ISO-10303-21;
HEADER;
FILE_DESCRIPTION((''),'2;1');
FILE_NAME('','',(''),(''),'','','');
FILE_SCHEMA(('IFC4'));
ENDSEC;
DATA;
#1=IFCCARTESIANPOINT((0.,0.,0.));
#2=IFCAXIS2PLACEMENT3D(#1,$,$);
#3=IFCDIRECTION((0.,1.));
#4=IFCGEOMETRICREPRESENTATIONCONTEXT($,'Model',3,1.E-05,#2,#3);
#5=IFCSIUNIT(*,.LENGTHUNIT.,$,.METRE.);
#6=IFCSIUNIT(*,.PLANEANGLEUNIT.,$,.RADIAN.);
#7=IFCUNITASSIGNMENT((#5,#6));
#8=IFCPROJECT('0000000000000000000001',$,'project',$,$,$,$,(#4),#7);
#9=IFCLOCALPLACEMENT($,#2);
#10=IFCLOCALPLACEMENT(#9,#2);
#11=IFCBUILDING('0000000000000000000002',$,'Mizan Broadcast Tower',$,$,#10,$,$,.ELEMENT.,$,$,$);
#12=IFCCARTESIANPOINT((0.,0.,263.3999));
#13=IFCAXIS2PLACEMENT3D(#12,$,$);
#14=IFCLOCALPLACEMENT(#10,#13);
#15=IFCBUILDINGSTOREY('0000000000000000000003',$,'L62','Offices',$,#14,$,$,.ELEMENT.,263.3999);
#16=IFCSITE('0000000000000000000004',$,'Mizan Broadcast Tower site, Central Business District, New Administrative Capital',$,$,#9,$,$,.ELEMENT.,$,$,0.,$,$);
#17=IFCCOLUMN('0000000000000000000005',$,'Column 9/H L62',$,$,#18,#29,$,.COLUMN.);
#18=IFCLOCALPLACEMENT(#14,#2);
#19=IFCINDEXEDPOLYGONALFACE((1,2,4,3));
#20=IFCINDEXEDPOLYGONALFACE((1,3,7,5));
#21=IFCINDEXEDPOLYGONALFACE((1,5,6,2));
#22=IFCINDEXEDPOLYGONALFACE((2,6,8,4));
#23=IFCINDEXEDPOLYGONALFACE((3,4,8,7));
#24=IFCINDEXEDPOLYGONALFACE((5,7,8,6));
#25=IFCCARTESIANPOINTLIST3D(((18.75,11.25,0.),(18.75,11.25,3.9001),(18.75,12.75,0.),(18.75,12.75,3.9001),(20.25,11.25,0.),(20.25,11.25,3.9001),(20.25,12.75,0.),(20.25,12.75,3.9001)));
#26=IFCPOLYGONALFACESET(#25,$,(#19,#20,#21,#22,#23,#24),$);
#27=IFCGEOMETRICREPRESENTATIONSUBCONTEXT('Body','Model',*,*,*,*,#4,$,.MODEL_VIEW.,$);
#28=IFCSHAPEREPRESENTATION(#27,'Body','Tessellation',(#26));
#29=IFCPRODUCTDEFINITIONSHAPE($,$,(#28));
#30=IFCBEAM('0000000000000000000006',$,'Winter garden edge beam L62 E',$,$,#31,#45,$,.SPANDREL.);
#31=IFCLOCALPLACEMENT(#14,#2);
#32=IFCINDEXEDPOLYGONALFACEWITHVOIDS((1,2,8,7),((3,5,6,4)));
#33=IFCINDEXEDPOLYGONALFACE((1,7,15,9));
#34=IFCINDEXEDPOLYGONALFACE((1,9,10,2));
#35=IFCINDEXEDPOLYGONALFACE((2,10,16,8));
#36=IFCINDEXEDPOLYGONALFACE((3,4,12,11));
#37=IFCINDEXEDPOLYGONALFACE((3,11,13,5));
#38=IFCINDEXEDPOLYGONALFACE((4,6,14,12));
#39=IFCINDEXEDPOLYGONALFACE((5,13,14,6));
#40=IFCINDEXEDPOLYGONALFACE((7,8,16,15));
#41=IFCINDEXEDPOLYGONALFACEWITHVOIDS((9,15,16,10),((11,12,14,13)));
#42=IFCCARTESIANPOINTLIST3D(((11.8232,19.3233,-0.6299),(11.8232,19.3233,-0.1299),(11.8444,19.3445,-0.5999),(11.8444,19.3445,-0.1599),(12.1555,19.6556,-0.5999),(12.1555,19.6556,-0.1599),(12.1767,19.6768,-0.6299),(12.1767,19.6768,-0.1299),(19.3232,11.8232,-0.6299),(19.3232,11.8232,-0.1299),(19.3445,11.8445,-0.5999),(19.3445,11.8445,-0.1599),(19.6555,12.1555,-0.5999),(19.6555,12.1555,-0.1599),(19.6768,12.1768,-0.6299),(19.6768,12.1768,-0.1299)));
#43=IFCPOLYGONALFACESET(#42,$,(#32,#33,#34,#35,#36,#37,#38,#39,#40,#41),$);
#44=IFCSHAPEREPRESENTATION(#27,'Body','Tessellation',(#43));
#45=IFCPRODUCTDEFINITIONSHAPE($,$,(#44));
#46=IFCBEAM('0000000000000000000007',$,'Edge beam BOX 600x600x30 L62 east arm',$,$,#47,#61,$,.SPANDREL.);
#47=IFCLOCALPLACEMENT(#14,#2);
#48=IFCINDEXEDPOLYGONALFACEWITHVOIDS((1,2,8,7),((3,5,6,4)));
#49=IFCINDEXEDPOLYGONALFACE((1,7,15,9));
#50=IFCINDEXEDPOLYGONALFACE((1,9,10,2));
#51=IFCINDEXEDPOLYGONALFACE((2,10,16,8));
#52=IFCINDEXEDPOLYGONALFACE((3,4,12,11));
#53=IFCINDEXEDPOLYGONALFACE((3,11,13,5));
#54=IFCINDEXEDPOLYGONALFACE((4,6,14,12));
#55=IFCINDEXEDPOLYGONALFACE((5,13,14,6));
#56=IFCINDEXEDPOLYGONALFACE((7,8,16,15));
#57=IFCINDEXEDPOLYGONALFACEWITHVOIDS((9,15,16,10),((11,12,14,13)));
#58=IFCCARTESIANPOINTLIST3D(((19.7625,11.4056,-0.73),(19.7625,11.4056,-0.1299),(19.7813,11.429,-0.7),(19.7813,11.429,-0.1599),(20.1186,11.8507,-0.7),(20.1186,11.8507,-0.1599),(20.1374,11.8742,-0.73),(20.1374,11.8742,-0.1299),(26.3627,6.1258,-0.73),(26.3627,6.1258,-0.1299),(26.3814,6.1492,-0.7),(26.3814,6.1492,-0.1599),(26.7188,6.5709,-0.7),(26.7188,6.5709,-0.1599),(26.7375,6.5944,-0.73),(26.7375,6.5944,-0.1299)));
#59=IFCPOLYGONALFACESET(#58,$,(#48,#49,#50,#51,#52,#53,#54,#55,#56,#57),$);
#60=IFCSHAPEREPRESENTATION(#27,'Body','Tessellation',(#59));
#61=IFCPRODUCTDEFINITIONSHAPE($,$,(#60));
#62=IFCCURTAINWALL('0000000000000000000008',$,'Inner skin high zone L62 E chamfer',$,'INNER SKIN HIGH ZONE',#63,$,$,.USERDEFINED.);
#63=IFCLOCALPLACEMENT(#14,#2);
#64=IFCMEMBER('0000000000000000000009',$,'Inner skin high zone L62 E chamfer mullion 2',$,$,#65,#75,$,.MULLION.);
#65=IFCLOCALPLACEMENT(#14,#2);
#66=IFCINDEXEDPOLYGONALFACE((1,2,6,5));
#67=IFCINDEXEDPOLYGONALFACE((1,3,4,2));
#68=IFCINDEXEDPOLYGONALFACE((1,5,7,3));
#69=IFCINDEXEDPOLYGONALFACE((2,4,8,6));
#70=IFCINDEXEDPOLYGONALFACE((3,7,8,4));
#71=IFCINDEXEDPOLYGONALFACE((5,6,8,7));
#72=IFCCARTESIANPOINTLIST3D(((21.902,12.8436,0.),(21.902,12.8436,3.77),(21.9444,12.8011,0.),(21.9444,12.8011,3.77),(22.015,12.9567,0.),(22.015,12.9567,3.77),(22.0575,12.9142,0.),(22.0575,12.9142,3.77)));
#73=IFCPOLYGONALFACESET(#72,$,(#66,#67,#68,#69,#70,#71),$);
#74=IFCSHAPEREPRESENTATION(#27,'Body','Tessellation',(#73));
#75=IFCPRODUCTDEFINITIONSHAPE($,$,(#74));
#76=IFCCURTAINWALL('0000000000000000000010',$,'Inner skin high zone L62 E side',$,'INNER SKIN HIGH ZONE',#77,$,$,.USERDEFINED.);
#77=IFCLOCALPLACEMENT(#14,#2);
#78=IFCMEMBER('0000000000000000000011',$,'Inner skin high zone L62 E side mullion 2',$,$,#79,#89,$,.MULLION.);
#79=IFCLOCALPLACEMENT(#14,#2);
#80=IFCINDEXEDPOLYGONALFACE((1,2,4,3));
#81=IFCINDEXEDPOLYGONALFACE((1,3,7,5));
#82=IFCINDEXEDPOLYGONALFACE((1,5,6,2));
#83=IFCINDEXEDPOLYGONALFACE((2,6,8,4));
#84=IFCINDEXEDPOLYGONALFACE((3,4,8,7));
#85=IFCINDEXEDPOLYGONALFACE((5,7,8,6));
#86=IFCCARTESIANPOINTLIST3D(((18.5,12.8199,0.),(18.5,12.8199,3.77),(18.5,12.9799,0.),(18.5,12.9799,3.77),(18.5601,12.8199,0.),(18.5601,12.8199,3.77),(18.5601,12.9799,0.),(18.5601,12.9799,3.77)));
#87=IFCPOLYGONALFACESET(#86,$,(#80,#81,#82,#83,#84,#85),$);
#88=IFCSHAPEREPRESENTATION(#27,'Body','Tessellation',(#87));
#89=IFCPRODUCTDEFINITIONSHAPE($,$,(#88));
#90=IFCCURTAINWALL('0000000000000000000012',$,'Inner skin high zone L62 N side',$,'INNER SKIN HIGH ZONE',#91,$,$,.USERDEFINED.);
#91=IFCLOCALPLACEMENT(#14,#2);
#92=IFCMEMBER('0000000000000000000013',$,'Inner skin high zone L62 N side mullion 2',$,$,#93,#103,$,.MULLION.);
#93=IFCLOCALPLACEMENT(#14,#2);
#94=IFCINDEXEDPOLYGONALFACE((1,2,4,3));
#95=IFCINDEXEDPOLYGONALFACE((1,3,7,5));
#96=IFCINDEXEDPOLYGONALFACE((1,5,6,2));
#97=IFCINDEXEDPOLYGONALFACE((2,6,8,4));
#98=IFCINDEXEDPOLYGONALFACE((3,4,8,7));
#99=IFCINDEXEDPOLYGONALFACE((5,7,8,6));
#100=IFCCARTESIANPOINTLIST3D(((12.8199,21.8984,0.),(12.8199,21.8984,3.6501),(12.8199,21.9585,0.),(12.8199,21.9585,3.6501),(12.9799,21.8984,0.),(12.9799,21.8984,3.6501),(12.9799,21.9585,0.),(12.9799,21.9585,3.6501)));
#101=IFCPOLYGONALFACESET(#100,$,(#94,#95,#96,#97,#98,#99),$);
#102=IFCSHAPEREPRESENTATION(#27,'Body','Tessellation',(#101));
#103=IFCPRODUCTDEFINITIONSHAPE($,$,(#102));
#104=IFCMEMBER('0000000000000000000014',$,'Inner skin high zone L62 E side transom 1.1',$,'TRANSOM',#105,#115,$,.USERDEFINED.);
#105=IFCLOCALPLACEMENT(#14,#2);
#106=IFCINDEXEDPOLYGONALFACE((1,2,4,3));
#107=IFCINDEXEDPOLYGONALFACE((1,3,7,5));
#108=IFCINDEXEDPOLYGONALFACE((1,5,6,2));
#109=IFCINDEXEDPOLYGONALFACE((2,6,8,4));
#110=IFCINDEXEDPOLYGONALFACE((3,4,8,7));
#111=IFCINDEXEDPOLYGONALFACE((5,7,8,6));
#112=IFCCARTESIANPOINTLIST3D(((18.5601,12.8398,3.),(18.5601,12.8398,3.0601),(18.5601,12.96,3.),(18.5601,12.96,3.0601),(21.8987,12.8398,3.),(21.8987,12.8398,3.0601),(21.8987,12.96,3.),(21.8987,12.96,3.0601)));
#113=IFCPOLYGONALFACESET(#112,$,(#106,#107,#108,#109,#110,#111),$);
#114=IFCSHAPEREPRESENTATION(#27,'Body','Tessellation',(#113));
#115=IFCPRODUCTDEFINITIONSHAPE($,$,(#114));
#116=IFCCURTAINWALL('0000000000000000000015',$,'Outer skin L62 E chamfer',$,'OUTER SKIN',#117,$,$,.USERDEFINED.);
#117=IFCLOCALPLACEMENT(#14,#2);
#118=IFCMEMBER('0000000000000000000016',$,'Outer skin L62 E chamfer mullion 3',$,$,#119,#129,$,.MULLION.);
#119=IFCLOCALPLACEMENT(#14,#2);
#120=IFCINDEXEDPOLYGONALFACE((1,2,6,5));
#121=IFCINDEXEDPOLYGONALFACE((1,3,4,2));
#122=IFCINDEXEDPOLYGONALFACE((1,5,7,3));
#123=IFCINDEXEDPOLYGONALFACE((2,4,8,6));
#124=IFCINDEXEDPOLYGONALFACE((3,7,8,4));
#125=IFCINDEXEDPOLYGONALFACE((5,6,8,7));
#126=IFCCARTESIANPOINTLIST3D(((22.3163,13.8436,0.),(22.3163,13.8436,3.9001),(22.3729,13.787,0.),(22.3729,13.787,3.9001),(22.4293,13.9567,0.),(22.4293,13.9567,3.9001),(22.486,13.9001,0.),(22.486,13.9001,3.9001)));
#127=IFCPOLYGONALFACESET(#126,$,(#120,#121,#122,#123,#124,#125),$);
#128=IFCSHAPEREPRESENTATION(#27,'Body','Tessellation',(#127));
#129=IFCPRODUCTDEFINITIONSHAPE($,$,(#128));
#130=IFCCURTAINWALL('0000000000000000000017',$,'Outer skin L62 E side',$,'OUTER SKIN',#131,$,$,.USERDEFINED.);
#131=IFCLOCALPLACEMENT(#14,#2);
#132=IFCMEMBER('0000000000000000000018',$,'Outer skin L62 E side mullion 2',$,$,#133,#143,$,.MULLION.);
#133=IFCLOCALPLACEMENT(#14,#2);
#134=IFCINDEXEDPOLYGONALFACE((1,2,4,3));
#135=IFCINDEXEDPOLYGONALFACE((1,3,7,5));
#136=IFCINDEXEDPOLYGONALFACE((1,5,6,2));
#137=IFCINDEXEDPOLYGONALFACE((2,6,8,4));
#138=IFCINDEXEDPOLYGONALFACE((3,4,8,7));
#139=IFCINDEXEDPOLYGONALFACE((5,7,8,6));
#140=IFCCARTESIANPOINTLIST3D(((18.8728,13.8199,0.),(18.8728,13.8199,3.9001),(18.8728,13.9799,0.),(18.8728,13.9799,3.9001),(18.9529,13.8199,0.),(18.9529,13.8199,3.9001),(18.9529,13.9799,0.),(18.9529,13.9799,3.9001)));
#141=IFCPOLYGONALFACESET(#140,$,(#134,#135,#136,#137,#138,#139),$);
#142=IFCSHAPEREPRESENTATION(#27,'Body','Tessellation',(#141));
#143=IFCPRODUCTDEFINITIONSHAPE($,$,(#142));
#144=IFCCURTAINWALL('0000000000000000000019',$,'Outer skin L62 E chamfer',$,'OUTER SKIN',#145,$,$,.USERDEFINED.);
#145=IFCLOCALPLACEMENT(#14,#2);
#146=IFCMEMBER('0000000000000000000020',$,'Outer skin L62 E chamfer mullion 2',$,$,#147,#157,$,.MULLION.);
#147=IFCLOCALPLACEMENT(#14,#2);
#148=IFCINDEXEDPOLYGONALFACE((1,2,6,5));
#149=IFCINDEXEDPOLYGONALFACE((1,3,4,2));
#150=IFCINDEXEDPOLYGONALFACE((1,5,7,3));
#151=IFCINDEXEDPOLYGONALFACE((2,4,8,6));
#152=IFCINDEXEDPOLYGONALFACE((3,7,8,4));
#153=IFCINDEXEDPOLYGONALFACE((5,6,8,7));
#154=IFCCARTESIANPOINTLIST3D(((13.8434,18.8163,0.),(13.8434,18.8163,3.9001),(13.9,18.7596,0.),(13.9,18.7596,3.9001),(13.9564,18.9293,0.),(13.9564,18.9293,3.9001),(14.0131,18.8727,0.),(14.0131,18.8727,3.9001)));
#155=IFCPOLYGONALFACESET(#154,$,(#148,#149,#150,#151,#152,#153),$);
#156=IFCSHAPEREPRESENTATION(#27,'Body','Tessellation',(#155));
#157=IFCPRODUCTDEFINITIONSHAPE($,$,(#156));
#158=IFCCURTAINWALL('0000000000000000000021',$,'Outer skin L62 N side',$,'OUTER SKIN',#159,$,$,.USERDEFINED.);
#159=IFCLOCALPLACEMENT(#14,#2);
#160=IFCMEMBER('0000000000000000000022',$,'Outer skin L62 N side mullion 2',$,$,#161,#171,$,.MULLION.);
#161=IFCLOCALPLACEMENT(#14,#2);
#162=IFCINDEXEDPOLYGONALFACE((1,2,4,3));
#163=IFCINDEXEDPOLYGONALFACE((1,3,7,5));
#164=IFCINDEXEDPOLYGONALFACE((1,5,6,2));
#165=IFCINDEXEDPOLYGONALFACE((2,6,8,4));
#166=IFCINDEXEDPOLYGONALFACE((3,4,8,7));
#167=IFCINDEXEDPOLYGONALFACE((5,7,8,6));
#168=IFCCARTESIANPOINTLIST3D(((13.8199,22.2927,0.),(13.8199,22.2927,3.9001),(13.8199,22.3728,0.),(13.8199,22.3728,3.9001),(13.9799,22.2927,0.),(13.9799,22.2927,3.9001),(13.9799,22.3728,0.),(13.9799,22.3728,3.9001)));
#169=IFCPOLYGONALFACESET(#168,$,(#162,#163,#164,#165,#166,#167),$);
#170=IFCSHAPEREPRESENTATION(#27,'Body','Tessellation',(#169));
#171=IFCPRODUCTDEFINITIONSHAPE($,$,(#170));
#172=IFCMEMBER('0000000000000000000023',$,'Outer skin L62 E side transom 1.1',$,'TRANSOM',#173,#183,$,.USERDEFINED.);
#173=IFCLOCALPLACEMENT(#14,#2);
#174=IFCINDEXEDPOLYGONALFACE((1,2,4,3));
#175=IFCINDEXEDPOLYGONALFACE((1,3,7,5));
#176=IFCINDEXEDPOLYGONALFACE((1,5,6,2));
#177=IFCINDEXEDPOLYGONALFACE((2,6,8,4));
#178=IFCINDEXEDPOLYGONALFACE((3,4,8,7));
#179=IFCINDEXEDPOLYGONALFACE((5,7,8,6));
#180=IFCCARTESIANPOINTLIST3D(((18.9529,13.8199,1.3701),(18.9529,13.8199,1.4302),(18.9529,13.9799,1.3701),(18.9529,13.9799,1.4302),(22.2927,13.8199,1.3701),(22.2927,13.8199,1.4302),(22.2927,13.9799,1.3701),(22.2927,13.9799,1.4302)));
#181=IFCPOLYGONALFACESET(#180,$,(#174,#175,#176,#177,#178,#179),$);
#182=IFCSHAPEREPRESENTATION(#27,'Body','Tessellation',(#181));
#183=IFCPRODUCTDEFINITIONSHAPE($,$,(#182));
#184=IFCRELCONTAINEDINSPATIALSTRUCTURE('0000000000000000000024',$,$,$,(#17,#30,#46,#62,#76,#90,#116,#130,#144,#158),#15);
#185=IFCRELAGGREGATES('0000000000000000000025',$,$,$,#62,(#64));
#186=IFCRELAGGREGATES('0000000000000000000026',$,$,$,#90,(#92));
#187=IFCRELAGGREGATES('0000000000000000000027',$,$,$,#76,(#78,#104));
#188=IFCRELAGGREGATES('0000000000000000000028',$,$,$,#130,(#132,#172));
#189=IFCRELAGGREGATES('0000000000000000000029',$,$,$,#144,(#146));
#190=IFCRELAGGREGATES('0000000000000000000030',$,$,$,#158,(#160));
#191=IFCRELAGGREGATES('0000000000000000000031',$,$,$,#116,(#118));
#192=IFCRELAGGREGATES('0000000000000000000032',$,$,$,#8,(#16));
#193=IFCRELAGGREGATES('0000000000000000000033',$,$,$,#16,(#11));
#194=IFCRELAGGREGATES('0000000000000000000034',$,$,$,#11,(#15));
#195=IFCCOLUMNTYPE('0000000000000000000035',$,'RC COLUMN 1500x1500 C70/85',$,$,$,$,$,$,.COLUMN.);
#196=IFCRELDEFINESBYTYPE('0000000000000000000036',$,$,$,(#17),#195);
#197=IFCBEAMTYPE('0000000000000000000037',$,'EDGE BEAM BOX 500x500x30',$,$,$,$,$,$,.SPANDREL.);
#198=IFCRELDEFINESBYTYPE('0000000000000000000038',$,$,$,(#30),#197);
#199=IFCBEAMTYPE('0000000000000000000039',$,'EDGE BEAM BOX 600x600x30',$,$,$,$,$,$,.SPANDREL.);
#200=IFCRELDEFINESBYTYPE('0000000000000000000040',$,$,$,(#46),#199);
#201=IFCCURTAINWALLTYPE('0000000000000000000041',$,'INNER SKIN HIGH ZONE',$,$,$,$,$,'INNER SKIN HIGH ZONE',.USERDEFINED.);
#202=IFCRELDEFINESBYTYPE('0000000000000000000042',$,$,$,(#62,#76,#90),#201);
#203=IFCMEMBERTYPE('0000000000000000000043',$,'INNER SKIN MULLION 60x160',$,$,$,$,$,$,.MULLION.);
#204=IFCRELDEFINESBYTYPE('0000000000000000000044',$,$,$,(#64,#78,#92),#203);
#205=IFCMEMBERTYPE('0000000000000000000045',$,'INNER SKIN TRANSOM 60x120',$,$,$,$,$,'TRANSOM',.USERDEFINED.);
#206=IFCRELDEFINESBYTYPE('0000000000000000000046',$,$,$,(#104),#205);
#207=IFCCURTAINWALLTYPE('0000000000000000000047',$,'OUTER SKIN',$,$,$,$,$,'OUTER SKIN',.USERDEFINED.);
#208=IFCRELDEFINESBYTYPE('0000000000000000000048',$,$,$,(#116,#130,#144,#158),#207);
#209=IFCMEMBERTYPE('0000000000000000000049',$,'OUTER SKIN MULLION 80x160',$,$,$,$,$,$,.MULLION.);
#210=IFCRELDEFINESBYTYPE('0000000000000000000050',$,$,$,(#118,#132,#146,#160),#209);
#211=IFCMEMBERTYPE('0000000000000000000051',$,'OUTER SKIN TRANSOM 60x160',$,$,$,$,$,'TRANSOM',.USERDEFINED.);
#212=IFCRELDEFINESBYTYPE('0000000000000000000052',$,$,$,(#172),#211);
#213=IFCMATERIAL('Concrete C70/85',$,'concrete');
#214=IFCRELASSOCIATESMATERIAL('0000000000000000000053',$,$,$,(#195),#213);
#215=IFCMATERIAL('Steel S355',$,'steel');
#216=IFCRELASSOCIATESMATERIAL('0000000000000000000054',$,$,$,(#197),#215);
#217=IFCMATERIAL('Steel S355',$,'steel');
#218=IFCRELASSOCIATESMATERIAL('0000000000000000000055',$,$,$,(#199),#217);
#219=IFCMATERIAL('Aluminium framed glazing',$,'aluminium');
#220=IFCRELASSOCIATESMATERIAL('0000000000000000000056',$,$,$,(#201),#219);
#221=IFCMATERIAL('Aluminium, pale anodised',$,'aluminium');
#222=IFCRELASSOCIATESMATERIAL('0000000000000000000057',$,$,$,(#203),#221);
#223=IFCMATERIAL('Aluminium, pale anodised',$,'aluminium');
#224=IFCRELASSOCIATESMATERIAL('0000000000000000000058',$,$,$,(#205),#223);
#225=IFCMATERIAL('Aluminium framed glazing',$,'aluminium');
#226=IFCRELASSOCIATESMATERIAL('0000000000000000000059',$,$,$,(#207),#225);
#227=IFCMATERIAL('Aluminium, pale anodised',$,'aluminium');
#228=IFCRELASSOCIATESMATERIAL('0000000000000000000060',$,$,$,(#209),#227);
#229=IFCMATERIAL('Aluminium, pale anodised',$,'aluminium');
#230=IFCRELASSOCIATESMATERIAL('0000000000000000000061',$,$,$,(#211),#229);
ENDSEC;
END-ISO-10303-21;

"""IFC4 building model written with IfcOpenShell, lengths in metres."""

from ifc_helpers import new_model, si_unit, direction, frame, origin, origin_2d, place, context, subcontext, project, spatial, rectangle, hollow_rectangle, extrude, material, material_profile, profile_set, type_object, element, aggregate, save


model = new_model("IFC4")

# Units and contexts
model_context = context("Model", 3, precision=1e-05, world=origin(), true_north=direction((0.0, 1.0)))
body_context = subcontext(model_context, "Body", "Model", "MODEL_VIEW")
ifc_project = project(units=[si_unit("LENGTHUNIT", "METRE"), si_unit("PLANEANGLEUNIT", "RADIAN")], contexts=[model_context])

# Site, building, storey
site_placement = place(None, origin())
site = spatial("IfcSite", under=ifc_project, at=site_placement, Name="Mizan Broadcast Tower site, Central Business District, New Administrative Capital", CompositionType="ELEMENT", RefElevation=0.0)
building_placement = place(site_placement, origin())
building = spatial("IfcBuilding", under=site, at=building_placement, Name="Mizan Broadcast Tower", CompositionType="ELEMENT")
storey_placement = place(building_placement, frame((0.0, 0.0, 263.3999)))
storey = spatial("IfcBuildingStorey", under=building, at=storey_placement, Name="L62", Description="Offices", CompositionType="ELEMENT", Elevation=263.3999)

# Column
ifc_material_1 = material(Name="Concrete C70/85", Category="concrete")
ifc_material_profile_1 = material_profile(ifc_material_1, rectangle(XDim=1.5, YDim=1.5, at=origin_2d()), Name="RC 1500x1500")
ifc_profile_set_1 = profile_set([ifc_material_profile_1], Name="Concrete C70/85")
column_type = type_object("IfcColumnType", Name="RC COLUMN 1500x1500 C70/85", PredefinedType="COLUMN", material=ifc_profile_set_1)
column_placement = place(storey_placement, frame((19.5, 12.0, 0.0), z_axis=(0.0, 0.0, 1.0), x_axis=(1.0, 0.0, 0.0)))
element("IfcColumn", 1, at=column_placement, inside=storey, type_object=column_type, Name="Column 9/H L62", PredefinedType="COLUMN", context=body_context, shape_type="SweptSolid", body=[
    extrude(rectangle(XDim=1.5, YDim=1.5, at=origin_2d()), origin(), (0.0, 0.0, 1.0), 3.9001),
])

# Beams
ifc_material_2 = material(Name="Steel S355", Category="steel")
ifc_material_profile_2 = material_profile(ifc_material_2, hollow_rectangle(XDim=0.5, YDim=0.5, WallThickness=0.03, at=origin_2d()), Name="BOX 500x500x30")
ifc_profile_set_2 = profile_set([ifc_material_profile_2], Name="Steel S355")
beam_type_1 = type_object("IfcBeamType", Name="EDGE BEAM BOX 500x500x30", PredefinedType="SPANDREL", material=ifc_profile_set_2)
beam_1_placement = place(storey_placement, frame((19.5, 12.0, -0.3799), z_axis=(-0.707107, 0.707107, 0.0), x_axis=(-0.707107, -0.707107, 0.0)))
element("IfcBeam", 2, at=beam_1_placement, inside=storey, type_object=beam_type_1, Name="Winter garden edge beam L62 E", PredefinedType="SPANDREL", context=body_context, shape_type="SweptSolid", body=[
    extrude(hollow_rectangle(XDim=0.5, YDim=0.5, WallThickness=0.03, at=origin_2d()), origin(), (0.0, 0.0, 1.0), 10.6067),
])
ifc_material_3 = material(Name="Steel S355", Category="steel")
ifc_material_profile_3 = material_profile(ifc_material_3, hollow_rectangle(XDim=0.6001, YDim=0.6001, WallThickness=0.03, at=origin_2d()), Name="BOX 600x600x30")
ifc_profile_set_3 = profile_set([ifc_material_profile_3], Name="Steel S355")
beam_type_2 = type_object("IfcBeamType", Name="EDGE BEAM BOX 600x600x30", PredefinedType="SPANDREL", material=ifc_profile_set_3)
beam_2_placement = place(storey_placement, frame((19.95, 11.6399, -0.4299), z_axis=(0.780886, -0.624674, 0.0), x_axis=(0.624674, 0.780886, 0.0)))
element("IfcBeam", 3, at=beam_2_placement, inside=storey, type_object=beam_type_2, Name="Edge beam BOX 600x600x30 L62 east arm", PredefinedType="SPANDREL", context=body_context, shape_type="SweptSolid", body=[
    extrude(hollow_rectangle(XDim=0.6001, YDim=0.6001, WallThickness=0.03, at=origin_2d()), origin(), (0.0, 0.0, 1.0), 8.4521),
])

# Curtain walls, members
ifc_material_4 = material(Name="Aluminium framed glazing", Category="aluminium")
curtain_wall_type_1 = type_object("IfcCurtainWallType", Name="INNER SKIN HIGH ZONE", ElementType="INNER SKIN HIGH ZONE", PredefinedType="USERDEFINED", material=ifc_material_4)
curtain_wall_1_placement = place(storey_placement, origin())
curtain_wall_1 = element("IfcCurtainWall", 4, at=curtain_wall_1_placement, inside=storey, type_object=curtain_wall_type_1, Name="Inner skin high zone L62 E chamfer", ObjectType="INNER SKIN HIGH ZONE", PredefinedType="USERDEFINED")
ifc_material_5 = material(Name="Aluminium, pale anodised", Category="aluminium")
ifc_material_profile_4 = material_profile(ifc_material_5, rectangle(XDim=0.1599, YDim=0.0601, at=origin_2d()), Name="MULLION 160x60")
ifc_profile_set_4 = profile_set([ifc_material_profile_4], Name="Aluminium, pale anodised")
member_type_1 = type_object("IfcMemberType", Name="INNER SKIN MULLION 60x160", PredefinedType="MULLION", material=ifc_profile_set_4)
member_1_placement = place(storey_placement, frame((21.9797, 12.8789, 0.0), z_axis=(0.0, 0.0, 1.0), x_axis=(-0.707107, -0.707107, 0.0)))
member_1 = element("IfcMember", 5, at=member_1_placement, type_object=member_type_1, Name="Inner skin high zone L62 E chamfer mullion 2", PredefinedType="MULLION", context=body_context, shape_type="SweptSolid", body=[
    extrude(rectangle(XDim=0.1599, YDim=0.0601, at=origin_2d()), origin(), (0.0, 0.0, 1.0), 3.77),
])
aggregate(curtain_wall_1, [member_1])
curtain_wall_2_placement = place(storey_placement, origin())
curtain_wall_2 = element("IfcCurtainWall", 6, at=curtain_wall_2_placement, inside=storey, type_object=curtain_wall_type_1, Name="Inner skin high zone L62 E side", ObjectType="INNER SKIN HIGH ZONE", PredefinedType="USERDEFINED")
member_2_placement = place(storey_placement, frame((18.53, 12.8999, 0.0), z_axis=(0.0, 0.0, 1.0), x_axis=(0.0, -1.0, 0.0)))
member_2 = element("IfcMember", 7, at=member_2_placement, type_object=member_type_1, Name="Inner skin high zone L62 E side mullion 2", PredefinedType="MULLION", context=body_context, shape_type="SweptSolid", body=[
    extrude(rectangle(XDim=0.1599, YDim=0.0601, at=origin_2d()), origin(), (0.0, 0.0, 1.0), 3.77),
])
curtain_wall_3_placement = place(storey_placement, origin())
curtain_wall_3 = element("IfcCurtainWall", 8, at=curtain_wall_3_placement, inside=storey, type_object=curtain_wall_type_1, Name="Inner skin high zone L62 N side", ObjectType="INNER SKIN HIGH ZONE", PredefinedType="USERDEFINED")
member_3_placement = place(storey_placement, frame((12.8999, 21.9285, 0.0), z_axis=(0.0, 0.0, 1.0), x_axis=(-1.0, 0.0, 0.0)))
member_3 = element("IfcMember", 9, at=member_3_placement, type_object=member_type_1, Name="Inner skin high zone L62 N side mullion 2", PredefinedType="MULLION", context=body_context, shape_type="SweptSolid", body=[
    extrude(rectangle(XDim=0.1599, YDim=0.0601, at=origin_2d()), origin(), (0.0, 0.0, 1.0), 3.6501),
])
aggregate(curtain_wall_3, [member_3])

# Member
ifc_material_6 = material(Name="Aluminium, pale anodised", Category="aluminium")
ifc_material_profile_5 = material_profile(ifc_material_6, rectangle(XDim=0.1201, YDim=0.0601, at=origin_2d()), Name="TRANSOM 120x60")
ifc_profile_set_5 = profile_set([ifc_material_profile_5], Name="Aluminium, pale anodised")
member_type_2 = type_object("IfcMemberType", Name="INNER SKIN TRANSOM 60x120", ElementType="TRANSOM", PredefinedType="USERDEFINED", material=ifc_profile_set_5)
member_4_placement = place(storey_placement, frame((21.8987, 12.8999, 3.03), z_axis=(-1.0, 0.0, 0.0), x_axis=(0.0, -1.0, 0.0)))
member_4 = element("IfcMember", 10, at=member_4_placement, type_object=member_type_2, Name="Inner skin high zone L62 E side transom 1.1", ObjectType="TRANSOM", PredefinedType="USERDEFINED", context=body_context, shape_type="SweptSolid", body=[
    extrude(rectangle(XDim=0.1201, YDim=0.0601, at=origin_2d()), origin(), (0.0, 0.0, 1.0), 3.3386),
])

# Curtain walls, members
ifc_material_7 = material(Name="Aluminium framed glazing", Category="aluminium")
curtain_wall_type_2 = type_object("IfcCurtainWallType", Name="OUTER SKIN", ElementType="OUTER SKIN", PredefinedType="USERDEFINED", material=ifc_material_7)
curtain_wall_4_placement = place(storey_placement, origin())
curtain_wall_4 = element("IfcCurtainWall", 11, at=curtain_wall_4_placement, inside=storey, type_object=curtain_wall_type_2, Name="Outer skin L62 E chamfer", ObjectType="OUTER SKIN", PredefinedType="USERDEFINED")
ifc_material_8 = material(Name="Aluminium, pale anodised", Category="aluminium")
ifc_material_profile_6 = material_profile(ifc_material_8, rectangle(XDim=0.1599, YDim=0.0801, at=origin_2d()), Name="MULLION 160x80")
ifc_profile_set_6 = profile_set([ifc_material_profile_6], Name="Aluminium, pale anodised")
member_type_3 = type_object("IfcMemberType", Name="OUTER SKIN MULLION 80x160", PredefinedType="MULLION", material=ifc_profile_set_6)
member_5_placement = place(storey_placement, frame((22.4011, 13.8718, 0.0), z_axis=(0.0, 0.0, 1.0), x_axis=(-0.707107, -0.707107, 0.0)))
member_5 = element("IfcMember", 12, at=member_5_placement, type_object=member_type_3, Name="Outer skin L62 E chamfer mullion 3", PredefinedType="MULLION", context=body_context, shape_type="SweptSolid", body=[
    extrude(rectangle(XDim=0.1599, YDim=0.0801, at=origin_2d()), origin(), (0.0, 0.0, 1.0), 3.9001),
])
curtain_wall_5_placement = place(storey_placement, origin())
curtain_wall_5 = element("IfcCurtainWall", 13, at=curtain_wall_5_placement, inside=storey, type_object=curtain_wall_type_2, Name="Outer skin L62 E side", ObjectType="OUTER SKIN", PredefinedType="USERDEFINED")
member_6_placement = place(storey_placement, frame((18.9128, 13.8999, 0.0), z_axis=(0.0, 0.0, 1.0), x_axis=(0.0, -1.0, 0.0)))
member_6 = element("IfcMember", 14, at=member_6_placement, type_object=member_type_3, Name="Outer skin L62 E side mullion 2", PredefinedType="MULLION", context=body_context, shape_type="SweptSolid", body=[
    extrude(rectangle(XDim=0.1599, YDim=0.0801, at=origin_2d()), origin(), (0.0, 0.0, 1.0), 3.9001),
])
curtain_wall_6_placement = place(storey_placement, origin())
curtain_wall_6 = element("IfcCurtainWall", 15, at=curtain_wall_6_placement, inside=storey, type_object=curtain_wall_type_2, Name="Outer skin L62 E chamfer", ObjectType="OUTER SKIN", PredefinedType="USERDEFINED")
member_7_placement = place(storey_placement, frame((13.9282, 18.8445, 0.0), z_axis=(0.0, 0.0, 1.0), x_axis=(-0.707107, -0.707107, 0.0)))
member_7 = element("IfcMember", 16, at=member_7_placement, type_object=member_type_3, Name="Outer skin L62 E chamfer mullion 2", PredefinedType="MULLION", context=body_context, shape_type="SweptSolid", body=[
    extrude(rectangle(XDim=0.1599, YDim=0.0801, at=origin_2d()), origin(), (0.0, 0.0, 1.0), 3.9001),
])
curtain_wall_7_placement = place(storey_placement, origin())
curtain_wall_7 = element("IfcCurtainWall", 17, at=curtain_wall_7_placement, inside=storey, type_object=curtain_wall_type_2, Name="Outer skin L62 N side", ObjectType="OUTER SKIN", PredefinedType="USERDEFINED")
member_8_placement = place(storey_placement, frame((13.8999, 22.3328, 0.0), z_axis=(0.0, 0.0, 1.0), x_axis=(-1.0, 0.0, 0.0)))
member_8 = element("IfcMember", 18, at=member_8_placement, type_object=member_type_3, Name="Outer skin L62 N side mullion 2", PredefinedType="MULLION", context=body_context, shape_type="SweptSolid", body=[
    extrude(rectangle(XDim=0.1599, YDim=0.0801, at=origin_2d()), origin(), (0.0, 0.0, 1.0), 3.9001),
])

# Member
ifc_material_9 = material(Name="Aluminium, pale anodised", Category="aluminium")
ifc_material_profile_7 = material_profile(ifc_material_9, rectangle(XDim=0.1599, YDim=0.0601, at=origin_2d()), Name="TRANSOM 160x60")
ifc_profile_set_7 = profile_set([ifc_material_profile_7], Name="Aluminium, pale anodised")
member_type_4 = type_object("IfcMemberType", Name="OUTER SKIN TRANSOM 60x160", ElementType="TRANSOM", PredefinedType="USERDEFINED", material=ifc_profile_set_7)
member_9_placement = place(storey_placement, frame((22.2927, 13.8999, 1.4001), z_axis=(-1.0, 0.0, 0.0), x_axis=(0.0, -1.0, 0.0)))
member_9 = element("IfcMember", 19, at=member_9_placement, type_object=member_type_4, Name="Outer skin L62 E side transom 1.1", ObjectType="TRANSOM", PredefinedType="USERDEFINED", context=body_context, shape_type="SweptSolid", body=[
    extrude(rectangle(XDim=0.1599, YDim=0.0601, at=origin_2d()), origin(), (0.0, 0.0, 1.0), 3.3398),
])

aggregate(curtain_wall_2, [member_2, member_4])
aggregate(curtain_wall_5, [member_6, member_9])
aggregate(curtain_wall_6, [member_7])
aggregate(curtain_wall_7, [member_8])
aggregate(curtain_wall_4, [member_5])

save(model, "model.ifc")
